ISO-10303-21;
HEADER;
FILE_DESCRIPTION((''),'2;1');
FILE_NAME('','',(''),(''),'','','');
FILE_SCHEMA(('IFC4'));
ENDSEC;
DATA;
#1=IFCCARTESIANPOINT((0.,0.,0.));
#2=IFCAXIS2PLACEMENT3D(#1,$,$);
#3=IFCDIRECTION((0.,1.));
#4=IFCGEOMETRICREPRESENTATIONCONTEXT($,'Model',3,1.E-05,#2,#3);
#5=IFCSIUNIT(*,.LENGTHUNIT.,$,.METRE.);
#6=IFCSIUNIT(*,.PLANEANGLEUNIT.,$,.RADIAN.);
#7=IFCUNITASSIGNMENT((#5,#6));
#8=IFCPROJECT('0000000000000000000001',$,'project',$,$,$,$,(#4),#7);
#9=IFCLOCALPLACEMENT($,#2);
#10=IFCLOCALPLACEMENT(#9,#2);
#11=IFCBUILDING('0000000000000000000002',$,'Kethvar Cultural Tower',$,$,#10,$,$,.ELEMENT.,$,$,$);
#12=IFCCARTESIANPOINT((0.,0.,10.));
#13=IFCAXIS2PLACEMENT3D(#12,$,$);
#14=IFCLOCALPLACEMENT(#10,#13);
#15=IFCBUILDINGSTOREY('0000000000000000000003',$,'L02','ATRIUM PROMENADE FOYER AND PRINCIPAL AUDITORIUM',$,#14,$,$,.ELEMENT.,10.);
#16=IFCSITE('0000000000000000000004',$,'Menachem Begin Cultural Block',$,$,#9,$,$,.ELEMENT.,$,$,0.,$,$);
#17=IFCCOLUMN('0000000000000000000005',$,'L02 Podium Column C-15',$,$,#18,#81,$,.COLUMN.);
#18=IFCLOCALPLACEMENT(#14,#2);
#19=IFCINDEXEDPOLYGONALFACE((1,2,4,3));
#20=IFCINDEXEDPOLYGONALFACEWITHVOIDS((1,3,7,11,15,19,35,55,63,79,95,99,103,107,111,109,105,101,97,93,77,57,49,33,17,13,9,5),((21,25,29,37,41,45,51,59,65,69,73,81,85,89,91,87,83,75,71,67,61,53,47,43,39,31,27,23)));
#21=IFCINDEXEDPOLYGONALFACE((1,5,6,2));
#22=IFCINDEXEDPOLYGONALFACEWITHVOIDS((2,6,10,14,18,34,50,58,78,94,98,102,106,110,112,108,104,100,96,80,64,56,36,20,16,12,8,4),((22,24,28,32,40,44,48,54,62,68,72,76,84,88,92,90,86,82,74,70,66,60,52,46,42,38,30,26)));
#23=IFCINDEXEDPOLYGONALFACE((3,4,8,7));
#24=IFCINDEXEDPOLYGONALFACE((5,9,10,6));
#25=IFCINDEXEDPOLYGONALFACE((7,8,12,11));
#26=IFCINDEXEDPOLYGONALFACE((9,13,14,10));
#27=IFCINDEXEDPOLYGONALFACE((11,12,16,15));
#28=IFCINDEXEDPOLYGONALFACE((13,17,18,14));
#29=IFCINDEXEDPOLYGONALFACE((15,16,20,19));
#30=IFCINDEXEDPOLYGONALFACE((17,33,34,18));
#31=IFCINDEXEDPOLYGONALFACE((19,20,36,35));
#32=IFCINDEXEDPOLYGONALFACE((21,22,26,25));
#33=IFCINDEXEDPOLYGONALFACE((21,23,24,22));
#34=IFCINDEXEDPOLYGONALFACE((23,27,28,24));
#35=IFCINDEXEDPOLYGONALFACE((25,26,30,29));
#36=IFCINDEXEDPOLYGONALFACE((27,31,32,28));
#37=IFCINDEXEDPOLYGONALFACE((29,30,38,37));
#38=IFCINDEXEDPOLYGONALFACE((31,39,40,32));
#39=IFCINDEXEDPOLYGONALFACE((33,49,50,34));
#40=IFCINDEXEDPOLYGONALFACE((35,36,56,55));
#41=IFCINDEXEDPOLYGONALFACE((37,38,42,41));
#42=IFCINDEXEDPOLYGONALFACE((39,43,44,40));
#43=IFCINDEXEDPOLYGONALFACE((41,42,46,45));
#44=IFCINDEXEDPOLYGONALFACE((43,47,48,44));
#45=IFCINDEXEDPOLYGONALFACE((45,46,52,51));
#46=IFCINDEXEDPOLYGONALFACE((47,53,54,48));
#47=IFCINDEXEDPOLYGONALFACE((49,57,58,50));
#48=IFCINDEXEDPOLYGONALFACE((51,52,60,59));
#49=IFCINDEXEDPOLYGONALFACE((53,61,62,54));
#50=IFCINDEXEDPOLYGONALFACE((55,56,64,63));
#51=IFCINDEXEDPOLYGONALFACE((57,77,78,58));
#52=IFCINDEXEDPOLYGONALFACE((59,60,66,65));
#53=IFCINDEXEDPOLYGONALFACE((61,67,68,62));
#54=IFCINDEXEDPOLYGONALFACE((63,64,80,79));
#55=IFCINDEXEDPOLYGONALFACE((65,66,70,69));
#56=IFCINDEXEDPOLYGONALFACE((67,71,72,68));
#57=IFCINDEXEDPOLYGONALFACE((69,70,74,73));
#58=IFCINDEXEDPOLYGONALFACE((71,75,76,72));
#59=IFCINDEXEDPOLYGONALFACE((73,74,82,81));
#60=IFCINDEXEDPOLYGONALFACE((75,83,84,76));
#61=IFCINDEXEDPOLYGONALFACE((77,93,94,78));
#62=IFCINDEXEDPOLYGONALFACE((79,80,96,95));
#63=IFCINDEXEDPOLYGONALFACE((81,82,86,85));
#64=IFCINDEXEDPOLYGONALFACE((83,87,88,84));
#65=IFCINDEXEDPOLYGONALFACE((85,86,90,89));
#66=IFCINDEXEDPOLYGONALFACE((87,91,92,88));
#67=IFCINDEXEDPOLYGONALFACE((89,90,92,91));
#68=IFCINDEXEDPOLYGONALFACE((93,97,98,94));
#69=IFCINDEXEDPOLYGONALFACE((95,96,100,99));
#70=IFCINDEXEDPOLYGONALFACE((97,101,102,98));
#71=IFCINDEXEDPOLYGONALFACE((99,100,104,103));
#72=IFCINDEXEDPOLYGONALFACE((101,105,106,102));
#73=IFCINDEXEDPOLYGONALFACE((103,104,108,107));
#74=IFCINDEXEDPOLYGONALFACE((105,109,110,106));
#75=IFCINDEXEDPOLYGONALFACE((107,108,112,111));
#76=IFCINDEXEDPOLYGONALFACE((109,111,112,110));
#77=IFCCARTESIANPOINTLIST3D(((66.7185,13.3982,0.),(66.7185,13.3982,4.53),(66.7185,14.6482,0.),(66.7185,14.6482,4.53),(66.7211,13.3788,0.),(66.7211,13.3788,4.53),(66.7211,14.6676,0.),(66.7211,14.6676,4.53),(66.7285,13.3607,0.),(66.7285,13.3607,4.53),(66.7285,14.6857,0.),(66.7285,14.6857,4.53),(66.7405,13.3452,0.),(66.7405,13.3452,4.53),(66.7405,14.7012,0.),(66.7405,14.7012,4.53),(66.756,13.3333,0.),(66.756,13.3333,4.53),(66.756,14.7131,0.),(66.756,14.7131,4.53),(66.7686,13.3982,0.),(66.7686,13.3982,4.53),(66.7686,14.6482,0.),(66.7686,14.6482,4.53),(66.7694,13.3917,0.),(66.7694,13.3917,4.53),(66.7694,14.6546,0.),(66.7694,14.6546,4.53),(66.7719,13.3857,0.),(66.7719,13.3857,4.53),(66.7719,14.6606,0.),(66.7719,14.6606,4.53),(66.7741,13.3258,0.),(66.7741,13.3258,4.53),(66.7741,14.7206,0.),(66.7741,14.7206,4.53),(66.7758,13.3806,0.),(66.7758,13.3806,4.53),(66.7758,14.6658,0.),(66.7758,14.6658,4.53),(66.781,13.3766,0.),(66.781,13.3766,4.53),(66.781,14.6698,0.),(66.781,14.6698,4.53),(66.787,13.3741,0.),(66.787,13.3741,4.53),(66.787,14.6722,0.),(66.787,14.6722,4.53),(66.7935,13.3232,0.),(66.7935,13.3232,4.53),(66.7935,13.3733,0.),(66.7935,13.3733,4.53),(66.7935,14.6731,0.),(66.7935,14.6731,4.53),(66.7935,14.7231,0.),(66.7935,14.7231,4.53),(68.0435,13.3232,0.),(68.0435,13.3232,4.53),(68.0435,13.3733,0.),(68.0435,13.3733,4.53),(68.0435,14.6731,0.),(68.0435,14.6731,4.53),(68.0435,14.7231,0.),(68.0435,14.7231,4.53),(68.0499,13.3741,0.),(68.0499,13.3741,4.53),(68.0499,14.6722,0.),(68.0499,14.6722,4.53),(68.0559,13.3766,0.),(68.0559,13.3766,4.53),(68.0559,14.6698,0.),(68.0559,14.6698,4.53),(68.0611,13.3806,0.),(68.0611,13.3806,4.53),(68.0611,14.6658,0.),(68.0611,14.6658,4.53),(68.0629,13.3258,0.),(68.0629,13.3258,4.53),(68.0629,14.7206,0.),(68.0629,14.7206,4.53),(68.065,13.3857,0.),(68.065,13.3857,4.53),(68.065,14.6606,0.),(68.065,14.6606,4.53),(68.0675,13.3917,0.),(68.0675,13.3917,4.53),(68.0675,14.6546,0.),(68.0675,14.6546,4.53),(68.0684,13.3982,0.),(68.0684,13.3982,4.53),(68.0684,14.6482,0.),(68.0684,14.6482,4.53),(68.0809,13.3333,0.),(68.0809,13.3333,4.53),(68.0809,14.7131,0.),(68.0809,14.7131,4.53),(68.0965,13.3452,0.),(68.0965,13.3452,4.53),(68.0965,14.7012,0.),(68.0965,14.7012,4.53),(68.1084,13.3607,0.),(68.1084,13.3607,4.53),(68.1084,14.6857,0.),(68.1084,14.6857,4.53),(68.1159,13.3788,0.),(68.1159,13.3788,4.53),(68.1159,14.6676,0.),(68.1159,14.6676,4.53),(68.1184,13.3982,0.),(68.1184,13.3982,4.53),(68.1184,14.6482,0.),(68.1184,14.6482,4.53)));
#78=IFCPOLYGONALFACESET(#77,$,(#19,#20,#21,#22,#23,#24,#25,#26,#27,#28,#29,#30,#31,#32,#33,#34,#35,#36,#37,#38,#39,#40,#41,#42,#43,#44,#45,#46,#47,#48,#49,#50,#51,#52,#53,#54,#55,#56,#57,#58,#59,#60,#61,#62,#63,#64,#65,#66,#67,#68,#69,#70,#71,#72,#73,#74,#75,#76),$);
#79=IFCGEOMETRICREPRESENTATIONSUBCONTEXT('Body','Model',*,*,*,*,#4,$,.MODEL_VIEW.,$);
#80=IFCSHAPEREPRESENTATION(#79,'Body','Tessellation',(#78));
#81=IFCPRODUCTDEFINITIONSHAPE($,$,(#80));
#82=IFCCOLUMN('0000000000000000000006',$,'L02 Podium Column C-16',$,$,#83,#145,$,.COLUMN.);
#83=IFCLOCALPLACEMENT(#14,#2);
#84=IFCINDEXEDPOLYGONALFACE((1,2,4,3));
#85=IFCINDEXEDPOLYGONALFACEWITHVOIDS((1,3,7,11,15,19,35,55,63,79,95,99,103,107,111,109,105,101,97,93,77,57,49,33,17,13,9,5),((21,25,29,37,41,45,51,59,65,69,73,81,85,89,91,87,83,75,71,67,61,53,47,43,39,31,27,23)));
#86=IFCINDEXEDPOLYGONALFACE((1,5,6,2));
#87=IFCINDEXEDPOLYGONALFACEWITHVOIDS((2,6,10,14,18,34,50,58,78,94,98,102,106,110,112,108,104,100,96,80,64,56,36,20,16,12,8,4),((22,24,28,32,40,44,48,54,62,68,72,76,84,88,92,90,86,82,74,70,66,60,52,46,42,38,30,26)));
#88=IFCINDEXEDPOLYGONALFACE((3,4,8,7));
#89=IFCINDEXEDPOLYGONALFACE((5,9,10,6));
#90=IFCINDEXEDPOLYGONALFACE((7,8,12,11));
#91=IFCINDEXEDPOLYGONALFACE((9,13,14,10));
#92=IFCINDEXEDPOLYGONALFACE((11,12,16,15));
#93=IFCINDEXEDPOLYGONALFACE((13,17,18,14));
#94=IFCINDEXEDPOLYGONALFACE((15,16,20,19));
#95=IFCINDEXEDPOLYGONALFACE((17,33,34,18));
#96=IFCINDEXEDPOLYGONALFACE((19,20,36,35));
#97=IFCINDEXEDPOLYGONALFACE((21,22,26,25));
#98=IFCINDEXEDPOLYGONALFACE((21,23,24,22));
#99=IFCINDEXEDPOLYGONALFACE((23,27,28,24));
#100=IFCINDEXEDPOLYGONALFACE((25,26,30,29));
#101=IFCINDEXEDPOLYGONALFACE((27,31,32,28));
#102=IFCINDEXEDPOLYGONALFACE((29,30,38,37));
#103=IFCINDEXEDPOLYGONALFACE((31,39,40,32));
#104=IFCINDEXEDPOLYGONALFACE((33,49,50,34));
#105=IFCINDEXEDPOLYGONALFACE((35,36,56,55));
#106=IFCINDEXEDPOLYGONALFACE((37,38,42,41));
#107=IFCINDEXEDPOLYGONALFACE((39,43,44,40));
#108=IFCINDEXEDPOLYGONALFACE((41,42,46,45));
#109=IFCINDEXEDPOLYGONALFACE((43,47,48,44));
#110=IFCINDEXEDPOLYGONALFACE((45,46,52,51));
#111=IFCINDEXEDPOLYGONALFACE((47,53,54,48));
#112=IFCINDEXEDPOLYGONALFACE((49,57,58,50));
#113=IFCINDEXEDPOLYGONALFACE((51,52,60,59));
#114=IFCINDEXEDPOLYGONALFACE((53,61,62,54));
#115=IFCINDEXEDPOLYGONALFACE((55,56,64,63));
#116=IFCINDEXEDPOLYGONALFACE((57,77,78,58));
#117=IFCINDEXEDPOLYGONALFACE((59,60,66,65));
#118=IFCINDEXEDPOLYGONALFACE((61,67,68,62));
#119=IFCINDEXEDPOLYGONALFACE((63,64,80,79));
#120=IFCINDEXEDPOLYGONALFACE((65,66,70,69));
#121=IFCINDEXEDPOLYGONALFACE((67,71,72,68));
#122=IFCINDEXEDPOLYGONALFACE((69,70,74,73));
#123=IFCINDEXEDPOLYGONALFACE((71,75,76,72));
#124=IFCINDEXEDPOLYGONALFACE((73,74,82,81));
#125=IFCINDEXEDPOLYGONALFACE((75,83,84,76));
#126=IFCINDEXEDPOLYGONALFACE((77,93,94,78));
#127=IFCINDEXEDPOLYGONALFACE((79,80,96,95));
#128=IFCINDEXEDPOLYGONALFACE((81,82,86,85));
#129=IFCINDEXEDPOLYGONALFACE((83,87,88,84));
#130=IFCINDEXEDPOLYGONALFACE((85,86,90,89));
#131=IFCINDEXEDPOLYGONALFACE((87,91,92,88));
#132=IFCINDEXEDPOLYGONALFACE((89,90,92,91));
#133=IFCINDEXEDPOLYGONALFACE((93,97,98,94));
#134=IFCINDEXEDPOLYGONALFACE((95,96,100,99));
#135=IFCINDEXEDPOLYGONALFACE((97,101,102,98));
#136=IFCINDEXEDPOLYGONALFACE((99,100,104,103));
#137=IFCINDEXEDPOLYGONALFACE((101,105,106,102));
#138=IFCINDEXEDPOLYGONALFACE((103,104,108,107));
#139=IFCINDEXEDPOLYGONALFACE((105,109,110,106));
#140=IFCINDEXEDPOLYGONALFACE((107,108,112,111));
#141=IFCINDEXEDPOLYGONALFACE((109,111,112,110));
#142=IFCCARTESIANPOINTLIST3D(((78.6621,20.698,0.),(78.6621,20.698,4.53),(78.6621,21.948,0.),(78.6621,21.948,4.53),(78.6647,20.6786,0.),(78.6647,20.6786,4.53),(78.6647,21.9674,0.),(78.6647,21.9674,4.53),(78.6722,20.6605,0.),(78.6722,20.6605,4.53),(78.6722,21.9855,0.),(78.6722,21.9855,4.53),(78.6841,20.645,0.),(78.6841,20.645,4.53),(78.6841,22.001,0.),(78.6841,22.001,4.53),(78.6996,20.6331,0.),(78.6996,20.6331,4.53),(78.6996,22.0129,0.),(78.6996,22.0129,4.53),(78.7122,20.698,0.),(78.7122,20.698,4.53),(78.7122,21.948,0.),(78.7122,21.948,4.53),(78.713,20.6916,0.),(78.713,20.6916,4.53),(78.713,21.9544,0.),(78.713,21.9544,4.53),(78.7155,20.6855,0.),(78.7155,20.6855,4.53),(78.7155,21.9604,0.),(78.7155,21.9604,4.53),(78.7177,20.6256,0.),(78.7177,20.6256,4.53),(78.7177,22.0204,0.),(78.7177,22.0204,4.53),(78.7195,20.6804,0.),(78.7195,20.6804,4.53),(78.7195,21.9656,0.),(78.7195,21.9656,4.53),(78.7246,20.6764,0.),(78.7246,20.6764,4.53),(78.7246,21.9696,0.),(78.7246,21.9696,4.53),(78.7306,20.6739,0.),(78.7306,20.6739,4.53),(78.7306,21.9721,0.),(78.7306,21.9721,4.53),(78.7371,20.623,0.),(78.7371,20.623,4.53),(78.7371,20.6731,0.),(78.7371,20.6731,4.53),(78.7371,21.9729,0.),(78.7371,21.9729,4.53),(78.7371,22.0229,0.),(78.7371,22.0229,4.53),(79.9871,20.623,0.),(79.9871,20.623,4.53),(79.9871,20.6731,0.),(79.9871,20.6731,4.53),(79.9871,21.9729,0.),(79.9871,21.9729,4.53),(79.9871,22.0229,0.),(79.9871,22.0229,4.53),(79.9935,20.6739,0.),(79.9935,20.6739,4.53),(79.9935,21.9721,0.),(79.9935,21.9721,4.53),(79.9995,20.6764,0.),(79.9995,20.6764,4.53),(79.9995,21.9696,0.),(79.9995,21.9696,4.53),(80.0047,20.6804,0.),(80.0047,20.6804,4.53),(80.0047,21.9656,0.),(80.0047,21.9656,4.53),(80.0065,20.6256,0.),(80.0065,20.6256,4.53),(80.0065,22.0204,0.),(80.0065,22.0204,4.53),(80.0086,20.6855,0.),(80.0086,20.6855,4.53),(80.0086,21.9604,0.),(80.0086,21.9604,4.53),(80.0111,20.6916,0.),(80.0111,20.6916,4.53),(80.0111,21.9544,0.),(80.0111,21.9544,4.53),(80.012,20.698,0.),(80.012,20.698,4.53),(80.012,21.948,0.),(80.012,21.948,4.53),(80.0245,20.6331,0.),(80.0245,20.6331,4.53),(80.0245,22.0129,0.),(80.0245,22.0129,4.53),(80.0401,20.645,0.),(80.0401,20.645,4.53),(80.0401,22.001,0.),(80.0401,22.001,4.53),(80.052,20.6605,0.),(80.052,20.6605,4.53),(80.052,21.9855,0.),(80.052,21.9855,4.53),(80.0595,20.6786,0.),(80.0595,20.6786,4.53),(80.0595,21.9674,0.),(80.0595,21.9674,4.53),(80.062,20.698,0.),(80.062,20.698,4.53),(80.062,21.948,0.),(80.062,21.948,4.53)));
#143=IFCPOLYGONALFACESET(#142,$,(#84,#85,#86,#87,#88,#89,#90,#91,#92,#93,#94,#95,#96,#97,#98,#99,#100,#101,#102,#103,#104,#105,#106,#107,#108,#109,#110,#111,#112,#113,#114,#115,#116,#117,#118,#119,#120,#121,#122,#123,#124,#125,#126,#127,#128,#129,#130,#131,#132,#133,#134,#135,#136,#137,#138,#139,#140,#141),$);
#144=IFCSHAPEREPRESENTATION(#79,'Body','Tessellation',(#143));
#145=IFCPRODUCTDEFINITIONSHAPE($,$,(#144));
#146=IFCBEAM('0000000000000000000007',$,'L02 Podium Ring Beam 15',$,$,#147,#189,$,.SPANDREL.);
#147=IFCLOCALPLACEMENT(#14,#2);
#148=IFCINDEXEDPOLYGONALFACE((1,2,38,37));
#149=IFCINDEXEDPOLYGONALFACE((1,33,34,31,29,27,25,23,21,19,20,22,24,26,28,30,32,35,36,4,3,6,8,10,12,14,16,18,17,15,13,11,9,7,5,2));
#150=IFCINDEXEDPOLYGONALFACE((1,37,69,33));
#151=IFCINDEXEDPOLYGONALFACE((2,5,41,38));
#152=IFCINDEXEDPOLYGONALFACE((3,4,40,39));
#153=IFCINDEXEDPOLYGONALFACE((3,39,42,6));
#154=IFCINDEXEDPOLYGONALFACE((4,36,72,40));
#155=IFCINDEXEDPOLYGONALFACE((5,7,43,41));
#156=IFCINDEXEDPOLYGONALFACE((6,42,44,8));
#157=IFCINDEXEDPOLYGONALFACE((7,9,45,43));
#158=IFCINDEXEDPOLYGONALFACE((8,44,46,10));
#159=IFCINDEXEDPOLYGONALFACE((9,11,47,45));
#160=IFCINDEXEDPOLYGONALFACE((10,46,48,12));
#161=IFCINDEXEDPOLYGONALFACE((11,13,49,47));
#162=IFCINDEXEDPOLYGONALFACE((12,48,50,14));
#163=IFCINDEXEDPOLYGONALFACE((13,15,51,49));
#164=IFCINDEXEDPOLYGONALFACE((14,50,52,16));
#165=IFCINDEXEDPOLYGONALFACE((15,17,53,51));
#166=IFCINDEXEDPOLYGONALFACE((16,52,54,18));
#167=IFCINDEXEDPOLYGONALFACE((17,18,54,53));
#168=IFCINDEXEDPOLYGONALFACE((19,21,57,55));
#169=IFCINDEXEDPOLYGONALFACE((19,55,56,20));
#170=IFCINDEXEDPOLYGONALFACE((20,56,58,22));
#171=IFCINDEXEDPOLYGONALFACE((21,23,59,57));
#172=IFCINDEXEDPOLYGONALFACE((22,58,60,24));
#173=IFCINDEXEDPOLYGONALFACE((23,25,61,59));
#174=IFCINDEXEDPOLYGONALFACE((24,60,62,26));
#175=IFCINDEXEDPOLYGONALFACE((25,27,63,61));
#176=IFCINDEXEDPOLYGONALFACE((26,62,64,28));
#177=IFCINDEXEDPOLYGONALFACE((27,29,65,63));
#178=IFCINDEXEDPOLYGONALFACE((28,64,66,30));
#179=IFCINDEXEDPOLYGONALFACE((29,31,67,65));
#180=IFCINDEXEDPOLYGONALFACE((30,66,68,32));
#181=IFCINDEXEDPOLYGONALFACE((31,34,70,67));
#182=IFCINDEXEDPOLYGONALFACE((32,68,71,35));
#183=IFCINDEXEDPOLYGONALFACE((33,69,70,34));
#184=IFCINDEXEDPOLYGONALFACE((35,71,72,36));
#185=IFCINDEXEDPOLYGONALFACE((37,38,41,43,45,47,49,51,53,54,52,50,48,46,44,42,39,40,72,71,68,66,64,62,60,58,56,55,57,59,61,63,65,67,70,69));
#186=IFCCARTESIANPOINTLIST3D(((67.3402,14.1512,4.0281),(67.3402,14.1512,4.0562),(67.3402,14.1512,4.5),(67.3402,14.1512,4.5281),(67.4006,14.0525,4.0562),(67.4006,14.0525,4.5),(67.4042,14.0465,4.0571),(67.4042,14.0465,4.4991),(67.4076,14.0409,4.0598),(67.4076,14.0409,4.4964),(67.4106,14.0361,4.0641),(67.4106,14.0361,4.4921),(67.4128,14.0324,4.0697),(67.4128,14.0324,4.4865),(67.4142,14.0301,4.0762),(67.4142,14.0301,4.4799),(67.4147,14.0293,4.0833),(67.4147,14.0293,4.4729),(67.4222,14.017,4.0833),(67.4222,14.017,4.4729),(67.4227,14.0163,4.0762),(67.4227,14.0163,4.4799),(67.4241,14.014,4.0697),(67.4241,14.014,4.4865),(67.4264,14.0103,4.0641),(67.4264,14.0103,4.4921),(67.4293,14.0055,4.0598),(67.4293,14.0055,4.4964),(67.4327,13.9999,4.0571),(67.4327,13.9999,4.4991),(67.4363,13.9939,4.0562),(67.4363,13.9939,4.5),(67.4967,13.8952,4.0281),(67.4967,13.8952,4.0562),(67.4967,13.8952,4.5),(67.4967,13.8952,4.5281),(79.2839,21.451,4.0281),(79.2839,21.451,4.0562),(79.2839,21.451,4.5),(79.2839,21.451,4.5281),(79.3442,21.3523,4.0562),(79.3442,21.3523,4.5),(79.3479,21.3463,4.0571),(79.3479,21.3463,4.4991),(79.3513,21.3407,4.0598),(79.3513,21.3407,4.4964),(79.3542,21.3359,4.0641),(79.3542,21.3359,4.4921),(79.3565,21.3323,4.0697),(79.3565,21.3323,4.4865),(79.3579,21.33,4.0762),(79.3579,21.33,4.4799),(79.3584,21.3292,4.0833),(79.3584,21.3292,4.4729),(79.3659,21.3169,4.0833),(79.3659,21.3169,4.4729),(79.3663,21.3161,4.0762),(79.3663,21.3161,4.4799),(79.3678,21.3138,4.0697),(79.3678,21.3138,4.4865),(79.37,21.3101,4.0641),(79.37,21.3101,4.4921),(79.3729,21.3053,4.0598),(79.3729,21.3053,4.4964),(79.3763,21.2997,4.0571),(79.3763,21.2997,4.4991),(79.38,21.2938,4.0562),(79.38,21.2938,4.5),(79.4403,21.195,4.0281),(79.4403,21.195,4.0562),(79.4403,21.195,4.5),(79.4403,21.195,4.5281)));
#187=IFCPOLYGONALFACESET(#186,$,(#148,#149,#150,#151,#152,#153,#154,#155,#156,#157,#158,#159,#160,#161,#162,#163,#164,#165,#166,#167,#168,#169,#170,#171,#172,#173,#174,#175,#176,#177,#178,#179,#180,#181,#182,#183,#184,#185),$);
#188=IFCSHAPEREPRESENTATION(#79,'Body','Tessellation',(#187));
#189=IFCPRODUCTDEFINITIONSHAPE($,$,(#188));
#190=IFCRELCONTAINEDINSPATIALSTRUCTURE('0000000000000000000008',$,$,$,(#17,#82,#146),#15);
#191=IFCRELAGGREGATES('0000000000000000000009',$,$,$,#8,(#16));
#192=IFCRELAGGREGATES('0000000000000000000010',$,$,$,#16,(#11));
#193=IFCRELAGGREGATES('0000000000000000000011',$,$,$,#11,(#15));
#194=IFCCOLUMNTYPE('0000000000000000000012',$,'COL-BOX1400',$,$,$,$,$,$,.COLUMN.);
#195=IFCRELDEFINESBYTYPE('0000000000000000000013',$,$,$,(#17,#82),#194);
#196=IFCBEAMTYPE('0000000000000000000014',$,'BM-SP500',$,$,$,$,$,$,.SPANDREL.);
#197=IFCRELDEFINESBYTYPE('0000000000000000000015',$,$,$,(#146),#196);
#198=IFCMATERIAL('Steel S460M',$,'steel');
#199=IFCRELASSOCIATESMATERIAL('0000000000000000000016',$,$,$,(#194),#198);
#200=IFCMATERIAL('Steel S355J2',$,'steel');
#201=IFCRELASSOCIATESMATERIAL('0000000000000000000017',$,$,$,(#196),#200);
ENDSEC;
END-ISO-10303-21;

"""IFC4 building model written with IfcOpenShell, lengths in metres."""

from ifc_helpers import new_model, si_unit, direction, frame, origin, origin_2d, place, context, subcontext, project, spatial, hollow_rectangle, i_section, extrude, source, transform, mapped, material, material_profile, profile_set, type_object, element, save


model = new_model("IFC4")

# Units and contexts
model_context = context("Model", 3, precision=1e-05, world=origin(), true_north=direction((0.0, 1.0)))
body_context = subcontext(model_context, "Body", "Model", "MODEL_VIEW")
ifc_project = project(units=[si_unit("LENGTHUNIT", "METRE"), si_unit("PLANEANGLEUNIT", "RADIAN")], contexts=[model_context])

# Site, building, storey
site_placement = place(None, origin())
site = spatial("IfcSite", under=ifc_project, at=site_placement, Name="Menachem Begin Cultural Block", CompositionType="ELEMENT", RefElevation=0.0)
building_placement = place(site_placement, origin())
building = spatial("IfcBuilding", under=site, at=building_placement, Name="Kethvar Cultural Tower", CompositionType="ELEMENT")
storey_placement = place(building_placement, frame((0.0, 0.0, 10.0)))
storey = spatial("IfcBuildingStorey", under=building, at=storey_placement, Name="L02", Description="ATRIUM PROMENADE FOYER AND PRINCIPAL AUDITORIUM", CompositionType="ELEMENT", Elevation=10.0)

# Columns
ifc_material_1 = material(Name="Steel S460M", Category="steel")
ifc_material_profile_1 = material_profile(ifc_material_1, hollow_rectangle(XDim=1.3999, YDim=1.3999, WallThickness=0.05, InnerFilletRadius=0.0249, OuterFilletRadius=0.075, at=origin_2d()), Name="Steel S460M — BOX1400x1400x50")
ifc_profile_set_1 = profile_set([ifc_material_profile_1], Name="Steel S460M — BOX1400x1400x50")
column_type = type_object("IfcColumnType", Name="COL-BOX1400", PredefinedType="COLUMN", material=ifc_profile_set_1)
shared_shape_1 = source(origin(), body_context, "Body", "SweptSolid", [
    extrude(hollow_rectangle(XDim=1.3999, YDim=1.3999, WallThickness=0.05, InnerFilletRadius=0.0249, OuterFilletRadius=0.075, at=origin_2d()), origin(), (0.0, 0.0, 1.0), 4.53),
])
for number, where, z_axis, x_axis, name in (
    (1, (67.4185, 14.0232, 0.0), (0.0, 0.0, 1.0), (1.0, 0.0, 0.0), "L02 Podium Column C-15"),
    (2, (79.3621, 21.323, 0.0), (0.0, 0.0, 1.0), (1.0, 0.0, 0.0), "L02 Podium Column C-16"),
):
    element("IfcColumn", number, at=place(storey_placement, frame(where, z_axis=z_axis, x_axis=x_axis)), inside=storey, type_object=column_type, Name=name, PredefinedType="COLUMN", context=body_context, shape_type="MappedRepresentation", body=[
        mapped(shared_shape_1, transform((0.0, 0.0, 0.0), scale=1.0)),
    ])

# Beam
ifc_material_2 = material(Name="Steel S355J2", Category="steel")
ifc_material_profile_2 = material_profile(ifc_material_2, i_section(OverallWidth=0.3, OverallDepth=0.5, WebThickness=0.0144, FlangeThickness=0.0281, FilletRadius=0.0271, at=origin_2d()), Name="Steel S355J2 — HEB500")
ifc_profile_set_2 = profile_set([ifc_material_profile_2], Name="Steel S355J2 — HEB500")
beam_type = type_object("IfcBeamType", Name="BM-SP500", PredefinedType="SPANDREL", material=ifc_profile_set_2)
shared_shape_2 = source(origin(), body_context, "Body", "SweptSolid", [
    extrude(i_section(OverallWidth=0.3, OverallDepth=0.5, WebThickness=0.0144, FlangeThickness=0.0281, FilletRadius=0.0271, at=origin_2d()), origin(), (0.0, 0.0, 1.0), 13.9978),
])
beam_1_placement = place(storey_placement, frame((67.4185, 14.0232, 4.2781), z_axis=(0.853252, 0.521499, 0.0), x_axis=(-0.521499, 0.853252, 0.0)))
element("IfcBeam", 3, at=beam_1_placement, inside=storey, type_object=beam_type, Name="L02 Podium Ring Beam 15", PredefinedType="SPANDREL", context=body_context, shape_type="MappedRepresentation", body=[
    mapped(shared_shape_2, transform((0.0, 0.0, 0.0), scale=1.0)),
])

save(model, "model.ifc")
